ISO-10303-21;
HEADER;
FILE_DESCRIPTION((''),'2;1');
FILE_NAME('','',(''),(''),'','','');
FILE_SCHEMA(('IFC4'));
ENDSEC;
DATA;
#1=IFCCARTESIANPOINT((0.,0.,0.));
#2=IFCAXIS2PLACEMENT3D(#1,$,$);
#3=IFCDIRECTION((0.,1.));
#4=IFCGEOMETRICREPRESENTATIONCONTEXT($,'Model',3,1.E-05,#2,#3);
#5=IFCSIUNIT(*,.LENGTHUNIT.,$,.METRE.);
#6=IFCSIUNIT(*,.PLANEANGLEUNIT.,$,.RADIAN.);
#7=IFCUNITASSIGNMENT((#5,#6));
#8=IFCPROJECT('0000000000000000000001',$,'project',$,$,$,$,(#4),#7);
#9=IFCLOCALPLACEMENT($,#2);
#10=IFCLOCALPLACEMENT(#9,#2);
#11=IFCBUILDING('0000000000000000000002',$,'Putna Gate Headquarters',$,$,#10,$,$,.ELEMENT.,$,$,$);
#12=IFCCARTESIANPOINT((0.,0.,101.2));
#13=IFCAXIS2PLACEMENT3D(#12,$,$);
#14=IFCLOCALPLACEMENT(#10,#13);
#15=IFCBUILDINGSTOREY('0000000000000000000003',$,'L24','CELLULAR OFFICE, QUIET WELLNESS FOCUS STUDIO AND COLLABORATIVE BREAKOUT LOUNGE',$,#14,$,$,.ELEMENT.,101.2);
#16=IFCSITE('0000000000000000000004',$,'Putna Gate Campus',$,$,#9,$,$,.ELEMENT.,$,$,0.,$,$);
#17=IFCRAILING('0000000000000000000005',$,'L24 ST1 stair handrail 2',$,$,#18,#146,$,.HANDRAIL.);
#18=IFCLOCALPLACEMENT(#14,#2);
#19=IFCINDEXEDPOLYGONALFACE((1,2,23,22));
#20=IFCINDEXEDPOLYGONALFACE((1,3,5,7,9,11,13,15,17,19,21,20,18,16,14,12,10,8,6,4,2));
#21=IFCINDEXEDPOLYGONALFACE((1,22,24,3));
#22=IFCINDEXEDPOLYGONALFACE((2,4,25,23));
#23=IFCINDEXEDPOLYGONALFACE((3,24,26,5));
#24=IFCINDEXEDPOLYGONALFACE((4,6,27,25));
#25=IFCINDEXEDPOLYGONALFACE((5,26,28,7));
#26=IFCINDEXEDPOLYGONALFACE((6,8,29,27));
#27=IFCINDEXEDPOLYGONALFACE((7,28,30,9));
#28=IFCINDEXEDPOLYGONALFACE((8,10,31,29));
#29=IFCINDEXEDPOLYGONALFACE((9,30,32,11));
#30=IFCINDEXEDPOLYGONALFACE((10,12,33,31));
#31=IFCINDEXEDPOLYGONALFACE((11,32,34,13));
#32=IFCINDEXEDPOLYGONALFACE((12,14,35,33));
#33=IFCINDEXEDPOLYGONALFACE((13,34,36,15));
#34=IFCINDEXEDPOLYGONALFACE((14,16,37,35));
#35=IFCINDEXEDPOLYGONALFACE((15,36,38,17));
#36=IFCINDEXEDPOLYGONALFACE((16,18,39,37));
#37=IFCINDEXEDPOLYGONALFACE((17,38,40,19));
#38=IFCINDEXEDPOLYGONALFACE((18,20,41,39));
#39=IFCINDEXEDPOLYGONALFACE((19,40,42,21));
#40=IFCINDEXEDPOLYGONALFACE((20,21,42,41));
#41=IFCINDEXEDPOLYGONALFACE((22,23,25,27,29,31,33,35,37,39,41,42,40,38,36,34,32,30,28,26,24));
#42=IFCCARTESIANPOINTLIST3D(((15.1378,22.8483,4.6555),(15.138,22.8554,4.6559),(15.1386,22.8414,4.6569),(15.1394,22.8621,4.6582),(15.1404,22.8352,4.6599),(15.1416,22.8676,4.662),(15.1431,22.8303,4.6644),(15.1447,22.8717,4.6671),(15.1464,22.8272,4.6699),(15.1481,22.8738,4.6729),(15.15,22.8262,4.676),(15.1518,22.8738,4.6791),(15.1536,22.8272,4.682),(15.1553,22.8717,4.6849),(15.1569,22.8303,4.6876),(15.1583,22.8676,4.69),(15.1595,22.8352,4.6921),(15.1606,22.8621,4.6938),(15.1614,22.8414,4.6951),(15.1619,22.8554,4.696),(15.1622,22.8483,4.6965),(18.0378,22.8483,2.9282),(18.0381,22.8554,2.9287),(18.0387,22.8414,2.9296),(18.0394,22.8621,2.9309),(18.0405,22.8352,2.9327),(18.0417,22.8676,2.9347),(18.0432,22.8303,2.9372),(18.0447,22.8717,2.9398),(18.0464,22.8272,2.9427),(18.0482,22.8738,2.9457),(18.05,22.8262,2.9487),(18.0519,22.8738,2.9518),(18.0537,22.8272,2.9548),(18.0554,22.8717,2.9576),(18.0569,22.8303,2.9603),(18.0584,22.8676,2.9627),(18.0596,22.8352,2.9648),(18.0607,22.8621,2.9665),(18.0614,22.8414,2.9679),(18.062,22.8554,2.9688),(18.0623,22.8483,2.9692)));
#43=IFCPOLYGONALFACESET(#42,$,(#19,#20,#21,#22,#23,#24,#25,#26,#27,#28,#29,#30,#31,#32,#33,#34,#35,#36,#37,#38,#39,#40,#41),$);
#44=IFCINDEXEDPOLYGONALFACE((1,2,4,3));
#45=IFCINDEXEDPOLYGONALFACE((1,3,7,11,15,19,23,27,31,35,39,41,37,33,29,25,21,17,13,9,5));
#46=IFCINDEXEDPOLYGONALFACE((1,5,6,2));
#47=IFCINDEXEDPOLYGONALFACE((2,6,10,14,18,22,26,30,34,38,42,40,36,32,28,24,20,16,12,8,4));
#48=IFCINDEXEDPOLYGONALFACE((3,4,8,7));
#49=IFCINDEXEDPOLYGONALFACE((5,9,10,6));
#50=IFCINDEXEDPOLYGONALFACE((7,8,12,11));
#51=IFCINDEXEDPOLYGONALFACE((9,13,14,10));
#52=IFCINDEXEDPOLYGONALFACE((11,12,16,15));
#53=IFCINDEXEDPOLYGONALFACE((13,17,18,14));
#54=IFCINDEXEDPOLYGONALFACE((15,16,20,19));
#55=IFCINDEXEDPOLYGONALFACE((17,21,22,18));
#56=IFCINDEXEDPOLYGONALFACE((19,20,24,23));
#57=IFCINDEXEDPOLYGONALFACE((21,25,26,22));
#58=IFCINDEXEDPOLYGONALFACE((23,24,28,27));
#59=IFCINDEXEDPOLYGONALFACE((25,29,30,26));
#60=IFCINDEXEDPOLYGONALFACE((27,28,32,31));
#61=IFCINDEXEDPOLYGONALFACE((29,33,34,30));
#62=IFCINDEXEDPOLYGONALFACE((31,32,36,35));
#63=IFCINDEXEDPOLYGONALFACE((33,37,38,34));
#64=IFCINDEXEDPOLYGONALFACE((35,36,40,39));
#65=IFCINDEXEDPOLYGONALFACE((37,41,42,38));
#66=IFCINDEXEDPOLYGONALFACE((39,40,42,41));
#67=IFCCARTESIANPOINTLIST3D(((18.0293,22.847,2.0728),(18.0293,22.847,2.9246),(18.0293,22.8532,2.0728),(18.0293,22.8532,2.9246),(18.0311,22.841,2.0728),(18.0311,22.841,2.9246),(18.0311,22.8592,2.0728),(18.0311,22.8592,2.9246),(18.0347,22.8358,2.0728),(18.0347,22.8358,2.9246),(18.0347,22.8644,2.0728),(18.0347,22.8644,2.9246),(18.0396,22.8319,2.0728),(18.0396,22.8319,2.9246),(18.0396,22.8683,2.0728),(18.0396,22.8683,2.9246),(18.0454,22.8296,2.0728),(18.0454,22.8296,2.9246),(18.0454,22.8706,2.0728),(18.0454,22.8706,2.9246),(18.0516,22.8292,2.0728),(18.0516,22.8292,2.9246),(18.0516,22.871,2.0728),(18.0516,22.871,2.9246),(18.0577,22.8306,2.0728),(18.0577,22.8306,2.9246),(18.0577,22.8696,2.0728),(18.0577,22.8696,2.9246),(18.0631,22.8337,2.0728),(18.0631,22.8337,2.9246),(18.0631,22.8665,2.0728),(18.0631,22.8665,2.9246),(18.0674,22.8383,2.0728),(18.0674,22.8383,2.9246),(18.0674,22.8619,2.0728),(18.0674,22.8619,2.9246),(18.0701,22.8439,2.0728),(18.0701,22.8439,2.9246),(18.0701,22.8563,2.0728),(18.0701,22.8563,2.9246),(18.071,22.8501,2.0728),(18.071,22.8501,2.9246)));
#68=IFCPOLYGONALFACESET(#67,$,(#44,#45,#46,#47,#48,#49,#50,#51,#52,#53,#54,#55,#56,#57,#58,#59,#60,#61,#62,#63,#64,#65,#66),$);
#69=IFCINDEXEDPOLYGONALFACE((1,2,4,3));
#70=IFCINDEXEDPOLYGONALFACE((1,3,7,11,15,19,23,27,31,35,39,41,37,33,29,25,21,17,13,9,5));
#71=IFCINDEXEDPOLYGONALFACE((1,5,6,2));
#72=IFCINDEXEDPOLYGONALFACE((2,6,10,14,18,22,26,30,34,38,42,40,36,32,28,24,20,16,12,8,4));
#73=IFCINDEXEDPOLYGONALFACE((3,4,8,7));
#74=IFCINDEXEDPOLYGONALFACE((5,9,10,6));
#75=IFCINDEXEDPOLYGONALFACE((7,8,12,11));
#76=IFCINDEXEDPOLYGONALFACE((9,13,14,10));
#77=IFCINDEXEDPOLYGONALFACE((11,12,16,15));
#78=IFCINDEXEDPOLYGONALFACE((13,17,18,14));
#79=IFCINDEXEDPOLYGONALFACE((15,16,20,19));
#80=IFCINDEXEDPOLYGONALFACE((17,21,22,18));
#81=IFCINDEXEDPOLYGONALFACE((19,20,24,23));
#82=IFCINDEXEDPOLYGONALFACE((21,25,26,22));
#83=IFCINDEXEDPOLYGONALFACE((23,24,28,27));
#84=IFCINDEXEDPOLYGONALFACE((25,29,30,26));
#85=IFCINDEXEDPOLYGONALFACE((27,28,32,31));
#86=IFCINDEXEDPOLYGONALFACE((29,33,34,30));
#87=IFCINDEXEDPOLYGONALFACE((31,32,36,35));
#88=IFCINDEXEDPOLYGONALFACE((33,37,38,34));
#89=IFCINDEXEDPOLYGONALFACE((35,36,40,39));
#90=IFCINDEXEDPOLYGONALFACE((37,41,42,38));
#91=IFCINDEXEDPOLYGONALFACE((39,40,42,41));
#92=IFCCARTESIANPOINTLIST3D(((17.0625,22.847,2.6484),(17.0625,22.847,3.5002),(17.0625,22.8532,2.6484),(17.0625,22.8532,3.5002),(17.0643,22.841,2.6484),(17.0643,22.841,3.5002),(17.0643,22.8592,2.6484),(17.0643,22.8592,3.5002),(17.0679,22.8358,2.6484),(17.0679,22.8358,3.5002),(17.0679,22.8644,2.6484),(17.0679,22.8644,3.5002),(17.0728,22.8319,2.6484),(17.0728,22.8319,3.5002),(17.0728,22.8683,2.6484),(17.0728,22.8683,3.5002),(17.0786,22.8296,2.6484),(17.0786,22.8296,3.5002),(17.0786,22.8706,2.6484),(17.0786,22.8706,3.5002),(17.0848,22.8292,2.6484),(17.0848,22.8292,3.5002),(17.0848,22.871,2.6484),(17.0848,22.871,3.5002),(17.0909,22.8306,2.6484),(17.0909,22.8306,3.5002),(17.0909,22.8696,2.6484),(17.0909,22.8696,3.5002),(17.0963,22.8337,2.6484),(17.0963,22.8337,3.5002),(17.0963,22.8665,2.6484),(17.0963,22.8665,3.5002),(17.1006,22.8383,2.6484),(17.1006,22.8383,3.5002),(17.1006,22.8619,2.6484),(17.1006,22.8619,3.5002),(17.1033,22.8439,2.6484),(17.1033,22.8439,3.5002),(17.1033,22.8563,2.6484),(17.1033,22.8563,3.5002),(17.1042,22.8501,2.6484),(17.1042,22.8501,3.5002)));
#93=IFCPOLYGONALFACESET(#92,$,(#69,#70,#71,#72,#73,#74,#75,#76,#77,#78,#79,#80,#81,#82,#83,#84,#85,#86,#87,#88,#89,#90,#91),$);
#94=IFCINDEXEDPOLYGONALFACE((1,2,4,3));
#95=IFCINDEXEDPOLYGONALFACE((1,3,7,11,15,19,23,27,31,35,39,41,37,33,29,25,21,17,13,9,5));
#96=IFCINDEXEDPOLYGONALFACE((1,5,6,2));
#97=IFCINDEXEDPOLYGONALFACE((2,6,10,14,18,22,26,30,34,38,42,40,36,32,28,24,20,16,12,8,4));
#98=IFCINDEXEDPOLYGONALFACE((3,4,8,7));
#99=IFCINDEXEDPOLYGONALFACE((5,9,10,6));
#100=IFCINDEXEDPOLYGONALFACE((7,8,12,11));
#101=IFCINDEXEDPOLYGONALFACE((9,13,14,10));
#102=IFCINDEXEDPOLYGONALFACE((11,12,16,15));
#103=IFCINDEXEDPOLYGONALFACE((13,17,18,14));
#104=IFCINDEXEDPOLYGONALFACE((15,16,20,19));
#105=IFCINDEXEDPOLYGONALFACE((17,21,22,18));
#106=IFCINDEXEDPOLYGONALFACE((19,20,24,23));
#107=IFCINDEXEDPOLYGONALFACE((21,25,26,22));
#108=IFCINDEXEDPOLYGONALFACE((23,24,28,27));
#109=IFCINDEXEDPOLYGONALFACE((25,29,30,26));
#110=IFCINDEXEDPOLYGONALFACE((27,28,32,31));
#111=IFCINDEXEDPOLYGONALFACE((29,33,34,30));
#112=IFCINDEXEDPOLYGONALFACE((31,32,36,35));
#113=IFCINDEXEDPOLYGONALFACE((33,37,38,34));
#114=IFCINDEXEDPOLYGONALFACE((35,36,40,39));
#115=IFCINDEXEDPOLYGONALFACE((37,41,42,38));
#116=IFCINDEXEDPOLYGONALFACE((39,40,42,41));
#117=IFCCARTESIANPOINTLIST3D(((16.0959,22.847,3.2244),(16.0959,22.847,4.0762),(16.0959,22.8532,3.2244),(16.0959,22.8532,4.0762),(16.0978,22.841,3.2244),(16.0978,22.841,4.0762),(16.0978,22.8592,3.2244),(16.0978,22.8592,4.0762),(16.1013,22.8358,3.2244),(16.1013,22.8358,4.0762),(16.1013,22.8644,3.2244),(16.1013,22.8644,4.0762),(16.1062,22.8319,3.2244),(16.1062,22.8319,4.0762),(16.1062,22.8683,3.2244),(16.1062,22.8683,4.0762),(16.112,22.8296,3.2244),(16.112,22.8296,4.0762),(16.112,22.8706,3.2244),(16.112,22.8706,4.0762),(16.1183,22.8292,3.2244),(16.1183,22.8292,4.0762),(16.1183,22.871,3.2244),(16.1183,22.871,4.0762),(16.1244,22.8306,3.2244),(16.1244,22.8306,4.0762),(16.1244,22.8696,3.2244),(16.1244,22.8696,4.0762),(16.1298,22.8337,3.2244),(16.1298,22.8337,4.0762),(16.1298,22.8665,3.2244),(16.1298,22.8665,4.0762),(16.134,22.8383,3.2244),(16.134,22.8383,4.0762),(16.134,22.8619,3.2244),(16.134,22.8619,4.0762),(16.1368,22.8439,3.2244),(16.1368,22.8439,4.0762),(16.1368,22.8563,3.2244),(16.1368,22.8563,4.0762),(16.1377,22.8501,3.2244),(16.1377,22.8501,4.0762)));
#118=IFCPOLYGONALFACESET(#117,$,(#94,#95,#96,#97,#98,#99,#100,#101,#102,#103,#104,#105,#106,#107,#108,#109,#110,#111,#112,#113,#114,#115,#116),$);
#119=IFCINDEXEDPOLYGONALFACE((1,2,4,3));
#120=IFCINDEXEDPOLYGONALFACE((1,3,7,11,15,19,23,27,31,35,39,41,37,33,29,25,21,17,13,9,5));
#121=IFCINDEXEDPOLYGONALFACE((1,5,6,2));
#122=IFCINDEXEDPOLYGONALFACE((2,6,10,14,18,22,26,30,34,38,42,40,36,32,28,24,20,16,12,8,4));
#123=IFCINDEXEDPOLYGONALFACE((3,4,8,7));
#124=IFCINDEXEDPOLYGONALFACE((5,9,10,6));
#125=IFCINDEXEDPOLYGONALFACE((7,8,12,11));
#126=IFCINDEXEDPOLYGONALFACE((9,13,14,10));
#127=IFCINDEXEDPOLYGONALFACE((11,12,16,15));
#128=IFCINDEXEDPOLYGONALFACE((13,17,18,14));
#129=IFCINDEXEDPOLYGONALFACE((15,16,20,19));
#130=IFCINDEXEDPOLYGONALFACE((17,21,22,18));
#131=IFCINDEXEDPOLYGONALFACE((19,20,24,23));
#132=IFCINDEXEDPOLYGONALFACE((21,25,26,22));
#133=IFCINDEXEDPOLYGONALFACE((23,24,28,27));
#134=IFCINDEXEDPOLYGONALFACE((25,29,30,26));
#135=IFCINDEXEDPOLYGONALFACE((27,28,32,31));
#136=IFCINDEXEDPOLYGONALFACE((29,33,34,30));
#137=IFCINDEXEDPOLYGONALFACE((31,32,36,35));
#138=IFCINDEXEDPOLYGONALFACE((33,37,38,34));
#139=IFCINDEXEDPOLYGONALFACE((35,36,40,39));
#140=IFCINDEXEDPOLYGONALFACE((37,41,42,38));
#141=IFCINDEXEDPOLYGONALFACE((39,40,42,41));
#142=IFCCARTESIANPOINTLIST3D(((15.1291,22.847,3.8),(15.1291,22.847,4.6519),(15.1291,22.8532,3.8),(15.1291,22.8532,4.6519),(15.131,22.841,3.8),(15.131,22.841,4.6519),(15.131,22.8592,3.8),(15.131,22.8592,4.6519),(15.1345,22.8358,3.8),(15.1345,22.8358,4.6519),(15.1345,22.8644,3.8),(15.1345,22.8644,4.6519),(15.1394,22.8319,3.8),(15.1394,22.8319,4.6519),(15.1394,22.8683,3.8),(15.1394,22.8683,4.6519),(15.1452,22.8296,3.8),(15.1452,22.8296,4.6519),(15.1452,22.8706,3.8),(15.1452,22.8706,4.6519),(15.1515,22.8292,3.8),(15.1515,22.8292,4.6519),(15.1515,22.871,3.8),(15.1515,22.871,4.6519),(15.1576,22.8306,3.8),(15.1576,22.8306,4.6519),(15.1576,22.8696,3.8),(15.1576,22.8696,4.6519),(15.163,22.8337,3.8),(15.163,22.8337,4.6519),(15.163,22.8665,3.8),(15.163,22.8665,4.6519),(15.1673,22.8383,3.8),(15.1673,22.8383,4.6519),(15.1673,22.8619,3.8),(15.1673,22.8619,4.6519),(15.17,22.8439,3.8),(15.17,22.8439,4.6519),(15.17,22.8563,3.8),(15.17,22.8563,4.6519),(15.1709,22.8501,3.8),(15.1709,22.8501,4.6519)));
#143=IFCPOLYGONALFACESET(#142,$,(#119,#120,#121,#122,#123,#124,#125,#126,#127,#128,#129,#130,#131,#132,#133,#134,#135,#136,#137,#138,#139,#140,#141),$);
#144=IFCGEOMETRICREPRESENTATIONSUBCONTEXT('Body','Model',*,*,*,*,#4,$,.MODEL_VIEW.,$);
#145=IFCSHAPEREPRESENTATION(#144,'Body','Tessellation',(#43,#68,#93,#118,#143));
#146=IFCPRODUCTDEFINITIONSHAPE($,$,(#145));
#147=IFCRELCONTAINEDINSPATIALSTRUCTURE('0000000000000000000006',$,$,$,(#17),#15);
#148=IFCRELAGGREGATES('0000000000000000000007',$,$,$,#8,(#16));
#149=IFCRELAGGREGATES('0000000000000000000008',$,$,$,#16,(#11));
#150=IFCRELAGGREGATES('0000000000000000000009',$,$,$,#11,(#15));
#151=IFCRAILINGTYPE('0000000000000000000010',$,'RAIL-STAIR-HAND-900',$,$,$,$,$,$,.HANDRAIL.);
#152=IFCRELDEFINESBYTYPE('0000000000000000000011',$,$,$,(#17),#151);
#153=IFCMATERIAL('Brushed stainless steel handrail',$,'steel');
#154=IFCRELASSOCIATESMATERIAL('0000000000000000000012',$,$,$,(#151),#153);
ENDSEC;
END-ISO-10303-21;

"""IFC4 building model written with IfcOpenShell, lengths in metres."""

from ifc_helpers import new_model, si_unit, direction, frame, origin, origin_2d, place, context, subcontext, project, spatial, circle, extrude, material, type_object, element, save


model = new_model("IFC4")

# Units and contexts
model_context = context("Model", 3, precision=1e-05, world=origin(), true_north=direction((0.0, 1.0)))
body_context = subcontext(model_context, "Body", "Model", "MODEL_VIEW")
ifc_project = project(units=[si_unit("LENGTHUNIT", "METRE"), si_unit("PLANEANGLEUNIT", "RADIAN")], contexts=[model_context])

# Site, building, storey
site_placement = place(None, origin())
site = spatial("IfcSite", under=ifc_project, at=site_placement, Name="Putna Gate Campus", CompositionType="ELEMENT", RefElevation=0.0)
building_placement = place(site_placement, origin())
building = spatial("IfcBuilding", under=site, at=building_placement, Name="Putna Gate Headquarters", CompositionType="ELEMENT")
storey_placement = place(building_placement, frame((0.0, 0.0, 101.2)))
storey = spatial("IfcBuildingStorey", under=building, at=storey_placement, Name="L24", Description="CELLULAR OFFICE, QUIET WELLNESS FOCUS STUDIO AND COLLABORATIVE BREAKOUT LOUNGE", CompositionType="ELEMENT", Elevation=101.2)

# Railing
ifc_material_1 = material(Name="Brushed stainless steel handrail", Category="steel")
railing_type_1 = type_object("IfcRailingType", Name="RAIL-STAIR-HAND-900", PredefinedType="HANDRAIL", material=ifc_material_1)
railing_1_placement = place(storey_placement, frame((18.05, 22.8501, 2.0728)))
element("IfcRailing", 1, at=railing_1_placement, inside=storey, type_object=railing_type_1, Name="L24 ST1 stair handrail 2", PredefinedType="HANDRAIL", context=body_context, shape_type="SweptSolid", body=[
    extrude(circle(Radius=0.0239, at=origin_2d()), frame((0.0, 0.0, 0.876), z_axis=(-0.85916, 0.0, 0.511706), x_axis=(0.0, -1.0, 0.0)), (0.0, 0.0, 1.0), 3.3755),
    extrude(circle(Radius=0.021, at=origin_2d()), origin(), (0.0, 0.0, 1.0), 0.8518),
    extrude(circle(Radius=0.021, at=origin_2d()), frame((-0.9668, 0.0, 0.5757)), (0.0, 0.0, 1.0), 0.8518),
    extrude(circle(Radius=0.021, at=origin_2d()), frame((-1.9333, 0.0, 1.1516)), (0.0, 0.0, 1.0), 0.8518),
    extrude(circle(Radius=0.021, at=origin_2d()), frame((-2.9001, 0.0, 1.7273)), (0.0, 0.0, 1.0), 0.8518),
])

save(model, "model.ifc")
